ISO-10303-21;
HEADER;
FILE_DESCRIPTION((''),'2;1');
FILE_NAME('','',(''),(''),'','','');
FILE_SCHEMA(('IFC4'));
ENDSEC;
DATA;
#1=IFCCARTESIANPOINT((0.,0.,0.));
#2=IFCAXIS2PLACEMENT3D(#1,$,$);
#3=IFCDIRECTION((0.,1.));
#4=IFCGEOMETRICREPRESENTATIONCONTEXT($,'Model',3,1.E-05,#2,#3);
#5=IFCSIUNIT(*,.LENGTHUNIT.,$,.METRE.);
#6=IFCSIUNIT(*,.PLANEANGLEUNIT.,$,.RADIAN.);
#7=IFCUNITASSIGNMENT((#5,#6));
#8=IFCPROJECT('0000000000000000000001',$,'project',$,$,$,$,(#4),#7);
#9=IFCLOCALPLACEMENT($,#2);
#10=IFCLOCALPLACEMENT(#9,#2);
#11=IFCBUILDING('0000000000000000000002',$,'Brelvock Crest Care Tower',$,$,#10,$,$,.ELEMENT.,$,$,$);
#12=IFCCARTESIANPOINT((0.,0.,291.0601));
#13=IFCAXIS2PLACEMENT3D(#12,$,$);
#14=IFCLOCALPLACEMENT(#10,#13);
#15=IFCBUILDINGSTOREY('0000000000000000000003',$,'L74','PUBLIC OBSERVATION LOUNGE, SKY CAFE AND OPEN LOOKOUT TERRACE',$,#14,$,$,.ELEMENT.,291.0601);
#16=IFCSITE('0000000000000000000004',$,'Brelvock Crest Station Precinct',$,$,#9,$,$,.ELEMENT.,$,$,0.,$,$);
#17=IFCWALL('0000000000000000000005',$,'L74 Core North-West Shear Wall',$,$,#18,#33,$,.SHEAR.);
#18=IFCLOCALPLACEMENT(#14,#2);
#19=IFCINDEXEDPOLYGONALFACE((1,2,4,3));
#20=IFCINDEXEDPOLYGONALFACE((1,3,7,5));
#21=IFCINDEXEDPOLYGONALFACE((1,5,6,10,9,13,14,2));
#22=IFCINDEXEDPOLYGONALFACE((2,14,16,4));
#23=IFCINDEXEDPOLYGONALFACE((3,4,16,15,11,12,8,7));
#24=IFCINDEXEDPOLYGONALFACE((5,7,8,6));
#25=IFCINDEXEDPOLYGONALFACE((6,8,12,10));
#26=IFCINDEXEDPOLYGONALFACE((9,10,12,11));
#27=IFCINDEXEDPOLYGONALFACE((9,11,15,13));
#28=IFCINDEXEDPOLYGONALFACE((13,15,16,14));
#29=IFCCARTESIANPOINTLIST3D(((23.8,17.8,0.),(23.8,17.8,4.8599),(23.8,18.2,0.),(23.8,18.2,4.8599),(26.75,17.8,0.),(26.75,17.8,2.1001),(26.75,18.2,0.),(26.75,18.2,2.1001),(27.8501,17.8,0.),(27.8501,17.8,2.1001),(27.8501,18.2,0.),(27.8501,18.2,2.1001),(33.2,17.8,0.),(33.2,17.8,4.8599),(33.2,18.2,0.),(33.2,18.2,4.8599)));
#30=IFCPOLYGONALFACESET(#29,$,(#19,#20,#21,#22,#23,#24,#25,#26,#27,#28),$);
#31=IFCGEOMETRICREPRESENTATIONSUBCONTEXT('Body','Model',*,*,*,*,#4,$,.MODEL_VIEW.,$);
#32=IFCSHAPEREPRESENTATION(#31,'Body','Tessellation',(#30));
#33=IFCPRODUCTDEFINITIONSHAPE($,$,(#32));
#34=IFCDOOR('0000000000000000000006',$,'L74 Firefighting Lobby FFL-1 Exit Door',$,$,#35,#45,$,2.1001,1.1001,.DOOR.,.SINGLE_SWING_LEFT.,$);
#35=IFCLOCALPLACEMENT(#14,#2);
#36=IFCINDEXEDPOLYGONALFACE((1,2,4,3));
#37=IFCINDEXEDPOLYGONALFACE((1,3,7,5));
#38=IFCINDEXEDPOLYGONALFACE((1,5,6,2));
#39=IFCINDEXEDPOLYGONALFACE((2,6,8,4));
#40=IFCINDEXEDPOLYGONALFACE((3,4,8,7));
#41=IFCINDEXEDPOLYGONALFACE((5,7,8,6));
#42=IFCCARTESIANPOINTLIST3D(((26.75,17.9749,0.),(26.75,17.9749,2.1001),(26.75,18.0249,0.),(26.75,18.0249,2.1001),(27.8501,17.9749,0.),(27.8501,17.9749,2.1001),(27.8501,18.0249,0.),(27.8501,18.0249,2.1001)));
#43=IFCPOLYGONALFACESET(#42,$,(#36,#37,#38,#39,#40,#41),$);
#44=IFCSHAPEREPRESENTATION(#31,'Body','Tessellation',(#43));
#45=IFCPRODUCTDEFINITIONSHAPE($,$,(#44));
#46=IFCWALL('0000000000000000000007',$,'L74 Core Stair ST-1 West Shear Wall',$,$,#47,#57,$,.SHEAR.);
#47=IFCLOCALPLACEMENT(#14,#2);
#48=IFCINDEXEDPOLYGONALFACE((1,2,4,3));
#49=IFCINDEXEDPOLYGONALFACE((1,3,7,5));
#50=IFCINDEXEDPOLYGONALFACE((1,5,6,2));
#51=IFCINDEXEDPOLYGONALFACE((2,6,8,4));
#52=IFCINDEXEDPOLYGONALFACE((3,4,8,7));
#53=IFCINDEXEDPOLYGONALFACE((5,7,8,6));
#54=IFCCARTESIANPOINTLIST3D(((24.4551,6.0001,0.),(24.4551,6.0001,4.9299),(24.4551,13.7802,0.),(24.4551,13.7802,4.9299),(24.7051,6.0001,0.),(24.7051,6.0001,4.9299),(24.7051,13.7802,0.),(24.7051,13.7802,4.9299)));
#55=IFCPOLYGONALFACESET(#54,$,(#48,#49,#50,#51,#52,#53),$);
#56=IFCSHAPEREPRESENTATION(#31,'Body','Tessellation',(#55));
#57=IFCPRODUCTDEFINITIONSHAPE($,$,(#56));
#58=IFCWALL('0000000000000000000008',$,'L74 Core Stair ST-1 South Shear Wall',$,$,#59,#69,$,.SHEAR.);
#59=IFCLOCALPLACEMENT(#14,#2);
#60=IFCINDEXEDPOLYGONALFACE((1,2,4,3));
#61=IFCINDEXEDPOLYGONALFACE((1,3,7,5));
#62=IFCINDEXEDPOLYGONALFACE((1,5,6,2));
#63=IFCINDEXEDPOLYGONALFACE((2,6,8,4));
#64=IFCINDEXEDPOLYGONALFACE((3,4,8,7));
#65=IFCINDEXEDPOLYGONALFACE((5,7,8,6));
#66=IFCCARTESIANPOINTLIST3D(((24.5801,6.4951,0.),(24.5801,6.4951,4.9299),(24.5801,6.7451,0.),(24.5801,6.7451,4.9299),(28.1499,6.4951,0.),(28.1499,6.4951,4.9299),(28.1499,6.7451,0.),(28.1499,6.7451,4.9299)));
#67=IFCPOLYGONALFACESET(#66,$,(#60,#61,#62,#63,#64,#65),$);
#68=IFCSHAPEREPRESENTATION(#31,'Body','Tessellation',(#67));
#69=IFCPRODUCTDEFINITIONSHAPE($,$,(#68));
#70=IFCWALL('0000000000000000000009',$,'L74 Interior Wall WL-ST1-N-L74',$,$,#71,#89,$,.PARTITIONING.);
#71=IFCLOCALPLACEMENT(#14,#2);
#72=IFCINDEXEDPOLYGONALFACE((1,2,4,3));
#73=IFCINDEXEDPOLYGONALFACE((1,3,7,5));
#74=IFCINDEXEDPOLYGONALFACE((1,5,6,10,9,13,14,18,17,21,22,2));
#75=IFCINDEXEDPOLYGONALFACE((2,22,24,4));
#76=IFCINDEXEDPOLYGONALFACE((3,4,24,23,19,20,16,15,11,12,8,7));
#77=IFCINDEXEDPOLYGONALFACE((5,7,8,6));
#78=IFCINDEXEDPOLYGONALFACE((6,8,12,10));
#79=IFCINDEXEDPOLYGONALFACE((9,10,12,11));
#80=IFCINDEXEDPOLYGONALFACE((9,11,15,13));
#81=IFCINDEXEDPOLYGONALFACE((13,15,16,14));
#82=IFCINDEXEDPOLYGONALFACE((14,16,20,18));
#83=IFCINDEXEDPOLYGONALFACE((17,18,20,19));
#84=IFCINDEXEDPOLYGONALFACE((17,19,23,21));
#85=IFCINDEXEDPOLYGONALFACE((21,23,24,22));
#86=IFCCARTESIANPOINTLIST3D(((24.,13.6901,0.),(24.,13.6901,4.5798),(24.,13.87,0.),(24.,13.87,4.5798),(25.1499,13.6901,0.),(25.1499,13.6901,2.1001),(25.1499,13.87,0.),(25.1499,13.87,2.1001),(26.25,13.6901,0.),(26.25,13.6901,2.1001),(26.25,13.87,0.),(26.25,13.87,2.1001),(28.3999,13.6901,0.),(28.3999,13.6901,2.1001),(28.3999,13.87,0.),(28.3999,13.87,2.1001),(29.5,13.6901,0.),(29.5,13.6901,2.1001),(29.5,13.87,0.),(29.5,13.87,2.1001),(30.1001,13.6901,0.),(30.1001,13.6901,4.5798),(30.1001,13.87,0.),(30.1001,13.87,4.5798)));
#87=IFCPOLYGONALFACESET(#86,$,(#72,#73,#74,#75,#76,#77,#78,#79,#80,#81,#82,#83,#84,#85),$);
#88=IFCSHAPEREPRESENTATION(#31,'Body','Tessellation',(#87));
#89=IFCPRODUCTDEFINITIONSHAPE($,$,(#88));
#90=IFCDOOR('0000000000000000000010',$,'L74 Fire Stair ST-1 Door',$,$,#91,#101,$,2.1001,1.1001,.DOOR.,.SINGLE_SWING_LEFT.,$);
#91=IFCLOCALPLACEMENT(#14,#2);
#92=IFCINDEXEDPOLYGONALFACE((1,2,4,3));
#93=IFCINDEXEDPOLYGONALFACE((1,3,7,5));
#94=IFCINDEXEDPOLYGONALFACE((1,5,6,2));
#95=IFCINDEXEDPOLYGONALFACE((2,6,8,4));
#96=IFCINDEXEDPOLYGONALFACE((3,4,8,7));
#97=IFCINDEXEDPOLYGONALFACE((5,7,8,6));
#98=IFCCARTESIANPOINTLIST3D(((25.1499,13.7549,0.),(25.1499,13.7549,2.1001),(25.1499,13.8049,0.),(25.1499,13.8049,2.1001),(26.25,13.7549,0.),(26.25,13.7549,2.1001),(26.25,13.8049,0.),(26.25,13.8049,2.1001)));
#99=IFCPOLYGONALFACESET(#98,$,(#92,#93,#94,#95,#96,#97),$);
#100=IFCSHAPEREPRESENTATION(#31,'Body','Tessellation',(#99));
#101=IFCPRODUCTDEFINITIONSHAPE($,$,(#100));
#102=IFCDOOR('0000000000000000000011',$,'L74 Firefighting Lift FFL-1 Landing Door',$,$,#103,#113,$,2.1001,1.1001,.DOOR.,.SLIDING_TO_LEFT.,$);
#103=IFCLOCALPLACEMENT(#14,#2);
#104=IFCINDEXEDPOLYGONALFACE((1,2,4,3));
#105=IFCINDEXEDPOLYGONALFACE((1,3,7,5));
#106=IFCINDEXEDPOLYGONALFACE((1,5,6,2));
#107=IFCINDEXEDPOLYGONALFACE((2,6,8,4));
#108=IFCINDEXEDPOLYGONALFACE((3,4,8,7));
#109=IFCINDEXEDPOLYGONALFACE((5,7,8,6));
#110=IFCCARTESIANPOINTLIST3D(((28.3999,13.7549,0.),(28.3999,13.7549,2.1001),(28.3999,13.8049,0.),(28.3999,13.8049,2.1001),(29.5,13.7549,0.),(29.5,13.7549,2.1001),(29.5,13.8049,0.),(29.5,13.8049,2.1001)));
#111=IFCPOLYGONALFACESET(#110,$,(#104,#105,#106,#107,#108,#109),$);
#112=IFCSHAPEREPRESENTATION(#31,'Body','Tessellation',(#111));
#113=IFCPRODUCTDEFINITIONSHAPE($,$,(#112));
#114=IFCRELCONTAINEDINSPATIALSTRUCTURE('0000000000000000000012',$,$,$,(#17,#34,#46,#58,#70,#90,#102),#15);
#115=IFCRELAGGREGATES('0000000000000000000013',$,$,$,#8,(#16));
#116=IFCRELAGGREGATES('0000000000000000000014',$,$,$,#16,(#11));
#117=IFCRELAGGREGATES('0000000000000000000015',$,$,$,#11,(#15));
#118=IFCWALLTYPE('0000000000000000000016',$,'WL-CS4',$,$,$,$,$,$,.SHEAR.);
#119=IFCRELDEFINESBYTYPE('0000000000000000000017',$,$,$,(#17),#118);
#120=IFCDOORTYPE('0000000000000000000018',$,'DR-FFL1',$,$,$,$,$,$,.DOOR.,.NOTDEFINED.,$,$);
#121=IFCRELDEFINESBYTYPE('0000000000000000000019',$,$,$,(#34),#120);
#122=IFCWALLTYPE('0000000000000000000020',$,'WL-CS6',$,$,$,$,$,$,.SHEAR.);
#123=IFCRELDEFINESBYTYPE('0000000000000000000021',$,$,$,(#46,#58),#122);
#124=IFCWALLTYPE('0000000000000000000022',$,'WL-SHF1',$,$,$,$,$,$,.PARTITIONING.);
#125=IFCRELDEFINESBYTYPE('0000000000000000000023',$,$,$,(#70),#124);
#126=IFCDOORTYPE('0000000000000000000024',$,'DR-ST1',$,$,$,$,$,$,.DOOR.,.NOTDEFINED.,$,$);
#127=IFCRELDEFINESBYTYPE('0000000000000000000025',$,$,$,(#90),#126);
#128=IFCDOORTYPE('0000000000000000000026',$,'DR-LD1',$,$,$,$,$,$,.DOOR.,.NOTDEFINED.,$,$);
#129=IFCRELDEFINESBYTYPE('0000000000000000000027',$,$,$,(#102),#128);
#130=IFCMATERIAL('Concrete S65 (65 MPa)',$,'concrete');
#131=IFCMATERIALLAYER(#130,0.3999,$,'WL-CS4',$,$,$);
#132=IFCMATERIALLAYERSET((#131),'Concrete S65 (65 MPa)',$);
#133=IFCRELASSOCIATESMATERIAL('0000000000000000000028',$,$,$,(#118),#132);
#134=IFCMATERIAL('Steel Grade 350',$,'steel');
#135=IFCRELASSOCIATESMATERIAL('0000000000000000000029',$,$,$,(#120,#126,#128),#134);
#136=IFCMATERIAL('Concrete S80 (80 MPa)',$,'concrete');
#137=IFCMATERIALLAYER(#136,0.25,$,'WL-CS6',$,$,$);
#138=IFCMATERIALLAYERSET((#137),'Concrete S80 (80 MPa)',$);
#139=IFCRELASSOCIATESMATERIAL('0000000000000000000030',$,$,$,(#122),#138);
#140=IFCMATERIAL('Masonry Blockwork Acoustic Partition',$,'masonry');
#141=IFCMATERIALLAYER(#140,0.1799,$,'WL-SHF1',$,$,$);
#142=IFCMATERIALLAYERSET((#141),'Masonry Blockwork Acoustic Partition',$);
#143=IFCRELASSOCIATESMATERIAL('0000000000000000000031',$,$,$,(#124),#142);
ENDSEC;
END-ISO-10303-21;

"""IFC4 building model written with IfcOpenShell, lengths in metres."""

from ifc_helpers import new_model, si_unit, direction, frame, frame_2d, origin, origin_2d, place, context, subcontext, project, spatial, rectangle, extrude, source, transform, mapped, material, layer, layer_set, type_object, element, fill, save


model = new_model("IFC4")

# Units and contexts
model_context = context("Model", 3, precision=1e-05, world=origin(), true_north=direction((0.0, 1.0)))
body_context = subcontext(model_context, "Body", "Model", "MODEL_VIEW")
ifc_project = project(units=[si_unit("LENGTHUNIT", "METRE"), si_unit("PLANEANGLEUNIT", "RADIAN")], contexts=[model_context])

# Site, building, storey
site_placement = place(None, origin())
site = spatial("IfcSite", under=ifc_project, at=site_placement, Name="Brelvock Crest Station Precinct", CompositionType="ELEMENT", RefElevation=0.0)
building_placement = place(site_placement, origin())
building = spatial("IfcBuilding", under=site, at=building_placement, Name="Brelvock Crest Care Tower", CompositionType="ELEMENT")
storey_placement = place(building_placement, frame((0.0, 0.0, 291.0601)))
storey = spatial("IfcBuildingStorey", under=building, at=storey_placement, Name="L74", Description="PUBLIC OBSERVATION LOUNGE, SKY CAFE AND OPEN LOOKOUT TERRACE", CompositionType="ELEMENT", Elevation=291.0601)

# Shared definitions
ifc_material_1 = material(Name="Concrete S65 (65 MPa)", Category="concrete")

# Shared definitions
ifc_material_2 = material(Name="Steel Grade 350", Category="steel")

# Shared definitions
ifc_layer_1 = layer(ifc_material_1, 0.3999, Name="WL-CS4")
ifc_layer_set_1 = layer_set([ifc_layer_1], Name="Concrete S65 (65 MPa)")
wall_type_1 = type_object("IfcWallType", Name="WL-CS4", PredefinedType="SHEAR", material=ifc_layer_set_1)

# Wall, opening, door
wall_1_placement = place(storey_placement, frame((23.8, 18.0, 0.0), z_axis=(0.0, 0.0, 1.0), x_axis=(1.0, 0.0, 0.0)))
wall_1 = element("IfcWall", 1, at=wall_1_placement, inside=storey, type_object=wall_type_1, Name="L74 Core North-West Shear Wall", PredefinedType="SHEAR", context=body_context, shape_type="SweptSolid", body=[
    extrude(rectangle(XDim=9.3999, YDim=0.3999, at=frame_2d((4.7, 0.0))), origin(), (0.0, 0.0, 1.0), 4.8599),
])
opening_1_placement = place(wall_1_placement, frame((2.95, 0.0, 0.0)))
opening_1 = element("IfcOpeningElement", 2, at=opening_1_placement, cuts=wall_1, PredefinedType="OPENING", context=body_context, shape_type="SweptSolid", body=[
    extrude(rectangle(XDim=1.1001, YDim=2.1001, at=origin_2d()), frame((0.55, 0.21, 1.05), z_axis=(0.0, -1.0, 0.0), x_axis=(1.0, 0.0, 0.0)), (0.0, 0.0, 1.0), 0.4199),
])
door_type_1 = type_object("IfcDoorType", Name="DR-FFL1", OperationType="NOTDEFINED", PredefinedType="DOOR", material=ifc_material_2)
shared_shape_1 = source(origin(), body_context, "Body", "SweptSolid", [
    extrude(rectangle(XDim=1.1001, YDim=2.1001, at=origin_2d()), frame((0.55, 0.0249, 1.05), z_axis=(0.0, -1.0, 0.0), x_axis=(1.0, 0.0, 0.0)), (0.0, 0.0, 1.0), 0.05),
])
door_1_placement = place(opening_1_placement, origin())
door_1 = element("IfcDoor", 3, at=door_1_placement, inside=storey, type_object=door_type_1, Name="L74 Firefighting Lobby FFL-1 Exit Door", OperationType="SINGLE_SWING_LEFT", OverallHeight=2.1001, OverallWidth=1.1001, PredefinedType="DOOR", context=body_context, shape_type="MappedRepresentation", body=[
    mapped(shared_shape_1, transform((0.0, 0.0, 0.0), x_axis=(1.0, 0.0, 0.0), y_axis=(0.0, 1.0, 0.0), z_axis=(0.0, 0.0, 1.0), scale=1.0)),
])
fill(opening_1, door_1)

# Walls
ifc_material_3 = material(Name="Concrete S80 (80 MPa)", Category="concrete")
ifc_layer_2 = layer(ifc_material_3, 0.25, Name="WL-CS6")
ifc_layer_set_2 = layer_set([ifc_layer_2], Name="Concrete S80 (80 MPa)")
wall_type_2 = type_object("IfcWallType", Name="WL-CS6", PredefinedType="SHEAR", material=ifc_layer_set_2)
wall_2_placement = place(storey_placement, frame((24.5801, 6.0, 0.0), z_axis=(0.0, 0.0, 1.0), x_axis=(0.0, 1.0, 0.0)))
element("IfcWall", 4, at=wall_2_placement, inside=storey, type_object=wall_type_2, Name="L74 Core Stair ST-1 West Shear Wall", PredefinedType="SHEAR", context=body_context, shape_type="SweptSolid", body=[
    extrude(rectangle(XDim=7.78, YDim=0.25, at=frame_2d((3.8901, 0.0))), origin(), (0.0, 0.0, 1.0), 4.9299),
])
wall_3_placement = place(storey_placement, frame((24.5801, 6.6201, 0.0), z_axis=(0.0, 0.0, 1.0), x_axis=(1.0, 0.0, 0.0)))
element("IfcWall", 5, at=wall_3_placement, inside=storey, type_object=wall_type_2, Name="L74 Core Stair ST-1 South Shear Wall", PredefinedType="SHEAR", context=body_context, shape_type="SweptSolid", body=[
    extrude(rectangle(XDim=3.5698, YDim=0.25, at=frame_2d((1.7849, 0.0))), origin(), (0.0, 0.0, 1.0), 4.9299),
])

# Wall, openings, doors
ifc_material_4 = material(Name="Masonry Blockwork Acoustic Partition", Category="masonry")
ifc_layer_3 = layer(ifc_material_4, 0.1799, Name="WL-SHF1")
ifc_layer_set_3 = layer_set([ifc_layer_3], Name="Masonry Blockwork Acoustic Partition")
wall_type_3 = type_object("IfcWallType", Name="WL-SHF1", PredefinedType="PARTITIONING", material=ifc_layer_set_3)
wall_4_placement = place(storey_placement, frame((24.0, 13.78, 0.0), z_axis=(0.0, 0.0, 1.0), x_axis=(1.0, 0.0, 0.0)))
wall_4 = element("IfcWall", 6, at=wall_4_placement, inside=storey, type_object=wall_type_3, Name="L74 Interior Wall WL-ST1-N-L74", PredefinedType="PARTITIONING", context=body_context, shape_type="SweptSolid", body=[
    extrude(rectangle(XDim=6.1001, YDim=0.1799, at=frame_2d((3.05, 0.0))), origin(), (0.0, 0.0, 1.0), 4.5798),
])
opening_2_placement = place(wall_4_placement, frame((1.1499, 0.0, 0.0)))
opening_2 = element("IfcOpeningElement", 7, at=opening_2_placement, cuts=wall_4, PredefinedType="OPENING", context=body_context, shape_type="SweptSolid", body=[
    extrude(rectangle(XDim=1.1001, YDim=2.1001, at=origin_2d()), frame((0.55, 0.1001, 1.05), z_axis=(0.0, -1.0, 0.0), x_axis=(1.0, 0.0, 0.0)), (0.0, 0.0, 1.0), 0.2),
])
opening_3_placement = place(wall_4_placement, frame((4.3999, 0.0, 0.0)))
opening_3 = element("IfcOpeningElement", 8, at=opening_3_placement, cuts=wall_4, PredefinedType="OPENING", context=body_context, shape_type="SweptSolid", body=[
    extrude(rectangle(XDim=1.1001, YDim=2.1001, at=origin_2d()), frame((0.55, 0.1001, 1.05), z_axis=(0.0, -1.0, 0.0), x_axis=(1.0, 0.0, 0.0)), (0.0, 0.0, 1.0), 0.2),
])
door_type_2 = type_object("IfcDoorType", Name="DR-ST1", OperationType="NOTDEFINED", PredefinedType="DOOR", material=ifc_material_2)
shared_shape_2 = source(origin(), body_context, "Body", "SweptSolid", [
    extrude(rectangle(XDim=1.1001, YDim=2.1001, at=origin_2d()), frame((0.55, 0.0249, 1.05), z_axis=(0.0, -1.0, 0.0), x_axis=(1.0, 0.0, 0.0)), (0.0, 0.0, 1.0), 0.05),
])
door_2_placement = place(opening_2_placement, origin())
door_2 = element("IfcDoor", 9, at=door_2_placement, inside=storey, type_object=door_type_2, Name="L74 Fire Stair ST-1 Door", OperationType="SINGLE_SWING_LEFT", OverallHeight=2.1001, OverallWidth=1.1001, PredefinedType="DOOR", context=body_context, shape_type="MappedRepresentation", body=[
    mapped(shared_shape_2, transform((0.0, 0.0, 0.0), x_axis=(1.0, 0.0, 0.0), y_axis=(0.0, 1.0, 0.0), z_axis=(0.0, 0.0, 1.0), scale=1.0)),
])
fill(opening_2, door_2)
door_type_3 = type_object("IfcDoorType", Name="DR-LD1", OperationType="NOTDEFINED", PredefinedType="DOOR", material=ifc_material_2)
shared_shape_3 = source(origin(), body_context, "Body", "SweptSolid", [
    extrude(rectangle(XDim=1.1001, YDim=2.1001, at=origin_2d()), frame((0.55, 0.0249, 1.05), z_axis=(0.0, -1.0, 0.0), x_axis=(1.0, 0.0, 0.0)), (0.0, 0.0, 1.0), 0.05),
])
door_3_placement = place(opening_3_placement, origin())
door_3 = element("IfcDoor", 10, at=door_3_placement, inside=storey, type_object=door_type_3, Name="L74 Firefighting Lift FFL-1 Landing Door", OperationType="SLIDING_TO_LEFT", OverallHeight=2.1001, OverallWidth=1.1001, PredefinedType="DOOR", context=body_context, shape_type="MappedRepresentation", body=[
    mapped(shared_shape_3, transform((0.0, 0.0, 0.0), x_axis=(1.0, 0.0, 0.0), y_axis=(0.0, 1.0, 0.0), z_axis=(0.0, 0.0, 1.0), scale=1.0)),
])
fill(opening_3, door_3)

save(model, "model.ifc")
